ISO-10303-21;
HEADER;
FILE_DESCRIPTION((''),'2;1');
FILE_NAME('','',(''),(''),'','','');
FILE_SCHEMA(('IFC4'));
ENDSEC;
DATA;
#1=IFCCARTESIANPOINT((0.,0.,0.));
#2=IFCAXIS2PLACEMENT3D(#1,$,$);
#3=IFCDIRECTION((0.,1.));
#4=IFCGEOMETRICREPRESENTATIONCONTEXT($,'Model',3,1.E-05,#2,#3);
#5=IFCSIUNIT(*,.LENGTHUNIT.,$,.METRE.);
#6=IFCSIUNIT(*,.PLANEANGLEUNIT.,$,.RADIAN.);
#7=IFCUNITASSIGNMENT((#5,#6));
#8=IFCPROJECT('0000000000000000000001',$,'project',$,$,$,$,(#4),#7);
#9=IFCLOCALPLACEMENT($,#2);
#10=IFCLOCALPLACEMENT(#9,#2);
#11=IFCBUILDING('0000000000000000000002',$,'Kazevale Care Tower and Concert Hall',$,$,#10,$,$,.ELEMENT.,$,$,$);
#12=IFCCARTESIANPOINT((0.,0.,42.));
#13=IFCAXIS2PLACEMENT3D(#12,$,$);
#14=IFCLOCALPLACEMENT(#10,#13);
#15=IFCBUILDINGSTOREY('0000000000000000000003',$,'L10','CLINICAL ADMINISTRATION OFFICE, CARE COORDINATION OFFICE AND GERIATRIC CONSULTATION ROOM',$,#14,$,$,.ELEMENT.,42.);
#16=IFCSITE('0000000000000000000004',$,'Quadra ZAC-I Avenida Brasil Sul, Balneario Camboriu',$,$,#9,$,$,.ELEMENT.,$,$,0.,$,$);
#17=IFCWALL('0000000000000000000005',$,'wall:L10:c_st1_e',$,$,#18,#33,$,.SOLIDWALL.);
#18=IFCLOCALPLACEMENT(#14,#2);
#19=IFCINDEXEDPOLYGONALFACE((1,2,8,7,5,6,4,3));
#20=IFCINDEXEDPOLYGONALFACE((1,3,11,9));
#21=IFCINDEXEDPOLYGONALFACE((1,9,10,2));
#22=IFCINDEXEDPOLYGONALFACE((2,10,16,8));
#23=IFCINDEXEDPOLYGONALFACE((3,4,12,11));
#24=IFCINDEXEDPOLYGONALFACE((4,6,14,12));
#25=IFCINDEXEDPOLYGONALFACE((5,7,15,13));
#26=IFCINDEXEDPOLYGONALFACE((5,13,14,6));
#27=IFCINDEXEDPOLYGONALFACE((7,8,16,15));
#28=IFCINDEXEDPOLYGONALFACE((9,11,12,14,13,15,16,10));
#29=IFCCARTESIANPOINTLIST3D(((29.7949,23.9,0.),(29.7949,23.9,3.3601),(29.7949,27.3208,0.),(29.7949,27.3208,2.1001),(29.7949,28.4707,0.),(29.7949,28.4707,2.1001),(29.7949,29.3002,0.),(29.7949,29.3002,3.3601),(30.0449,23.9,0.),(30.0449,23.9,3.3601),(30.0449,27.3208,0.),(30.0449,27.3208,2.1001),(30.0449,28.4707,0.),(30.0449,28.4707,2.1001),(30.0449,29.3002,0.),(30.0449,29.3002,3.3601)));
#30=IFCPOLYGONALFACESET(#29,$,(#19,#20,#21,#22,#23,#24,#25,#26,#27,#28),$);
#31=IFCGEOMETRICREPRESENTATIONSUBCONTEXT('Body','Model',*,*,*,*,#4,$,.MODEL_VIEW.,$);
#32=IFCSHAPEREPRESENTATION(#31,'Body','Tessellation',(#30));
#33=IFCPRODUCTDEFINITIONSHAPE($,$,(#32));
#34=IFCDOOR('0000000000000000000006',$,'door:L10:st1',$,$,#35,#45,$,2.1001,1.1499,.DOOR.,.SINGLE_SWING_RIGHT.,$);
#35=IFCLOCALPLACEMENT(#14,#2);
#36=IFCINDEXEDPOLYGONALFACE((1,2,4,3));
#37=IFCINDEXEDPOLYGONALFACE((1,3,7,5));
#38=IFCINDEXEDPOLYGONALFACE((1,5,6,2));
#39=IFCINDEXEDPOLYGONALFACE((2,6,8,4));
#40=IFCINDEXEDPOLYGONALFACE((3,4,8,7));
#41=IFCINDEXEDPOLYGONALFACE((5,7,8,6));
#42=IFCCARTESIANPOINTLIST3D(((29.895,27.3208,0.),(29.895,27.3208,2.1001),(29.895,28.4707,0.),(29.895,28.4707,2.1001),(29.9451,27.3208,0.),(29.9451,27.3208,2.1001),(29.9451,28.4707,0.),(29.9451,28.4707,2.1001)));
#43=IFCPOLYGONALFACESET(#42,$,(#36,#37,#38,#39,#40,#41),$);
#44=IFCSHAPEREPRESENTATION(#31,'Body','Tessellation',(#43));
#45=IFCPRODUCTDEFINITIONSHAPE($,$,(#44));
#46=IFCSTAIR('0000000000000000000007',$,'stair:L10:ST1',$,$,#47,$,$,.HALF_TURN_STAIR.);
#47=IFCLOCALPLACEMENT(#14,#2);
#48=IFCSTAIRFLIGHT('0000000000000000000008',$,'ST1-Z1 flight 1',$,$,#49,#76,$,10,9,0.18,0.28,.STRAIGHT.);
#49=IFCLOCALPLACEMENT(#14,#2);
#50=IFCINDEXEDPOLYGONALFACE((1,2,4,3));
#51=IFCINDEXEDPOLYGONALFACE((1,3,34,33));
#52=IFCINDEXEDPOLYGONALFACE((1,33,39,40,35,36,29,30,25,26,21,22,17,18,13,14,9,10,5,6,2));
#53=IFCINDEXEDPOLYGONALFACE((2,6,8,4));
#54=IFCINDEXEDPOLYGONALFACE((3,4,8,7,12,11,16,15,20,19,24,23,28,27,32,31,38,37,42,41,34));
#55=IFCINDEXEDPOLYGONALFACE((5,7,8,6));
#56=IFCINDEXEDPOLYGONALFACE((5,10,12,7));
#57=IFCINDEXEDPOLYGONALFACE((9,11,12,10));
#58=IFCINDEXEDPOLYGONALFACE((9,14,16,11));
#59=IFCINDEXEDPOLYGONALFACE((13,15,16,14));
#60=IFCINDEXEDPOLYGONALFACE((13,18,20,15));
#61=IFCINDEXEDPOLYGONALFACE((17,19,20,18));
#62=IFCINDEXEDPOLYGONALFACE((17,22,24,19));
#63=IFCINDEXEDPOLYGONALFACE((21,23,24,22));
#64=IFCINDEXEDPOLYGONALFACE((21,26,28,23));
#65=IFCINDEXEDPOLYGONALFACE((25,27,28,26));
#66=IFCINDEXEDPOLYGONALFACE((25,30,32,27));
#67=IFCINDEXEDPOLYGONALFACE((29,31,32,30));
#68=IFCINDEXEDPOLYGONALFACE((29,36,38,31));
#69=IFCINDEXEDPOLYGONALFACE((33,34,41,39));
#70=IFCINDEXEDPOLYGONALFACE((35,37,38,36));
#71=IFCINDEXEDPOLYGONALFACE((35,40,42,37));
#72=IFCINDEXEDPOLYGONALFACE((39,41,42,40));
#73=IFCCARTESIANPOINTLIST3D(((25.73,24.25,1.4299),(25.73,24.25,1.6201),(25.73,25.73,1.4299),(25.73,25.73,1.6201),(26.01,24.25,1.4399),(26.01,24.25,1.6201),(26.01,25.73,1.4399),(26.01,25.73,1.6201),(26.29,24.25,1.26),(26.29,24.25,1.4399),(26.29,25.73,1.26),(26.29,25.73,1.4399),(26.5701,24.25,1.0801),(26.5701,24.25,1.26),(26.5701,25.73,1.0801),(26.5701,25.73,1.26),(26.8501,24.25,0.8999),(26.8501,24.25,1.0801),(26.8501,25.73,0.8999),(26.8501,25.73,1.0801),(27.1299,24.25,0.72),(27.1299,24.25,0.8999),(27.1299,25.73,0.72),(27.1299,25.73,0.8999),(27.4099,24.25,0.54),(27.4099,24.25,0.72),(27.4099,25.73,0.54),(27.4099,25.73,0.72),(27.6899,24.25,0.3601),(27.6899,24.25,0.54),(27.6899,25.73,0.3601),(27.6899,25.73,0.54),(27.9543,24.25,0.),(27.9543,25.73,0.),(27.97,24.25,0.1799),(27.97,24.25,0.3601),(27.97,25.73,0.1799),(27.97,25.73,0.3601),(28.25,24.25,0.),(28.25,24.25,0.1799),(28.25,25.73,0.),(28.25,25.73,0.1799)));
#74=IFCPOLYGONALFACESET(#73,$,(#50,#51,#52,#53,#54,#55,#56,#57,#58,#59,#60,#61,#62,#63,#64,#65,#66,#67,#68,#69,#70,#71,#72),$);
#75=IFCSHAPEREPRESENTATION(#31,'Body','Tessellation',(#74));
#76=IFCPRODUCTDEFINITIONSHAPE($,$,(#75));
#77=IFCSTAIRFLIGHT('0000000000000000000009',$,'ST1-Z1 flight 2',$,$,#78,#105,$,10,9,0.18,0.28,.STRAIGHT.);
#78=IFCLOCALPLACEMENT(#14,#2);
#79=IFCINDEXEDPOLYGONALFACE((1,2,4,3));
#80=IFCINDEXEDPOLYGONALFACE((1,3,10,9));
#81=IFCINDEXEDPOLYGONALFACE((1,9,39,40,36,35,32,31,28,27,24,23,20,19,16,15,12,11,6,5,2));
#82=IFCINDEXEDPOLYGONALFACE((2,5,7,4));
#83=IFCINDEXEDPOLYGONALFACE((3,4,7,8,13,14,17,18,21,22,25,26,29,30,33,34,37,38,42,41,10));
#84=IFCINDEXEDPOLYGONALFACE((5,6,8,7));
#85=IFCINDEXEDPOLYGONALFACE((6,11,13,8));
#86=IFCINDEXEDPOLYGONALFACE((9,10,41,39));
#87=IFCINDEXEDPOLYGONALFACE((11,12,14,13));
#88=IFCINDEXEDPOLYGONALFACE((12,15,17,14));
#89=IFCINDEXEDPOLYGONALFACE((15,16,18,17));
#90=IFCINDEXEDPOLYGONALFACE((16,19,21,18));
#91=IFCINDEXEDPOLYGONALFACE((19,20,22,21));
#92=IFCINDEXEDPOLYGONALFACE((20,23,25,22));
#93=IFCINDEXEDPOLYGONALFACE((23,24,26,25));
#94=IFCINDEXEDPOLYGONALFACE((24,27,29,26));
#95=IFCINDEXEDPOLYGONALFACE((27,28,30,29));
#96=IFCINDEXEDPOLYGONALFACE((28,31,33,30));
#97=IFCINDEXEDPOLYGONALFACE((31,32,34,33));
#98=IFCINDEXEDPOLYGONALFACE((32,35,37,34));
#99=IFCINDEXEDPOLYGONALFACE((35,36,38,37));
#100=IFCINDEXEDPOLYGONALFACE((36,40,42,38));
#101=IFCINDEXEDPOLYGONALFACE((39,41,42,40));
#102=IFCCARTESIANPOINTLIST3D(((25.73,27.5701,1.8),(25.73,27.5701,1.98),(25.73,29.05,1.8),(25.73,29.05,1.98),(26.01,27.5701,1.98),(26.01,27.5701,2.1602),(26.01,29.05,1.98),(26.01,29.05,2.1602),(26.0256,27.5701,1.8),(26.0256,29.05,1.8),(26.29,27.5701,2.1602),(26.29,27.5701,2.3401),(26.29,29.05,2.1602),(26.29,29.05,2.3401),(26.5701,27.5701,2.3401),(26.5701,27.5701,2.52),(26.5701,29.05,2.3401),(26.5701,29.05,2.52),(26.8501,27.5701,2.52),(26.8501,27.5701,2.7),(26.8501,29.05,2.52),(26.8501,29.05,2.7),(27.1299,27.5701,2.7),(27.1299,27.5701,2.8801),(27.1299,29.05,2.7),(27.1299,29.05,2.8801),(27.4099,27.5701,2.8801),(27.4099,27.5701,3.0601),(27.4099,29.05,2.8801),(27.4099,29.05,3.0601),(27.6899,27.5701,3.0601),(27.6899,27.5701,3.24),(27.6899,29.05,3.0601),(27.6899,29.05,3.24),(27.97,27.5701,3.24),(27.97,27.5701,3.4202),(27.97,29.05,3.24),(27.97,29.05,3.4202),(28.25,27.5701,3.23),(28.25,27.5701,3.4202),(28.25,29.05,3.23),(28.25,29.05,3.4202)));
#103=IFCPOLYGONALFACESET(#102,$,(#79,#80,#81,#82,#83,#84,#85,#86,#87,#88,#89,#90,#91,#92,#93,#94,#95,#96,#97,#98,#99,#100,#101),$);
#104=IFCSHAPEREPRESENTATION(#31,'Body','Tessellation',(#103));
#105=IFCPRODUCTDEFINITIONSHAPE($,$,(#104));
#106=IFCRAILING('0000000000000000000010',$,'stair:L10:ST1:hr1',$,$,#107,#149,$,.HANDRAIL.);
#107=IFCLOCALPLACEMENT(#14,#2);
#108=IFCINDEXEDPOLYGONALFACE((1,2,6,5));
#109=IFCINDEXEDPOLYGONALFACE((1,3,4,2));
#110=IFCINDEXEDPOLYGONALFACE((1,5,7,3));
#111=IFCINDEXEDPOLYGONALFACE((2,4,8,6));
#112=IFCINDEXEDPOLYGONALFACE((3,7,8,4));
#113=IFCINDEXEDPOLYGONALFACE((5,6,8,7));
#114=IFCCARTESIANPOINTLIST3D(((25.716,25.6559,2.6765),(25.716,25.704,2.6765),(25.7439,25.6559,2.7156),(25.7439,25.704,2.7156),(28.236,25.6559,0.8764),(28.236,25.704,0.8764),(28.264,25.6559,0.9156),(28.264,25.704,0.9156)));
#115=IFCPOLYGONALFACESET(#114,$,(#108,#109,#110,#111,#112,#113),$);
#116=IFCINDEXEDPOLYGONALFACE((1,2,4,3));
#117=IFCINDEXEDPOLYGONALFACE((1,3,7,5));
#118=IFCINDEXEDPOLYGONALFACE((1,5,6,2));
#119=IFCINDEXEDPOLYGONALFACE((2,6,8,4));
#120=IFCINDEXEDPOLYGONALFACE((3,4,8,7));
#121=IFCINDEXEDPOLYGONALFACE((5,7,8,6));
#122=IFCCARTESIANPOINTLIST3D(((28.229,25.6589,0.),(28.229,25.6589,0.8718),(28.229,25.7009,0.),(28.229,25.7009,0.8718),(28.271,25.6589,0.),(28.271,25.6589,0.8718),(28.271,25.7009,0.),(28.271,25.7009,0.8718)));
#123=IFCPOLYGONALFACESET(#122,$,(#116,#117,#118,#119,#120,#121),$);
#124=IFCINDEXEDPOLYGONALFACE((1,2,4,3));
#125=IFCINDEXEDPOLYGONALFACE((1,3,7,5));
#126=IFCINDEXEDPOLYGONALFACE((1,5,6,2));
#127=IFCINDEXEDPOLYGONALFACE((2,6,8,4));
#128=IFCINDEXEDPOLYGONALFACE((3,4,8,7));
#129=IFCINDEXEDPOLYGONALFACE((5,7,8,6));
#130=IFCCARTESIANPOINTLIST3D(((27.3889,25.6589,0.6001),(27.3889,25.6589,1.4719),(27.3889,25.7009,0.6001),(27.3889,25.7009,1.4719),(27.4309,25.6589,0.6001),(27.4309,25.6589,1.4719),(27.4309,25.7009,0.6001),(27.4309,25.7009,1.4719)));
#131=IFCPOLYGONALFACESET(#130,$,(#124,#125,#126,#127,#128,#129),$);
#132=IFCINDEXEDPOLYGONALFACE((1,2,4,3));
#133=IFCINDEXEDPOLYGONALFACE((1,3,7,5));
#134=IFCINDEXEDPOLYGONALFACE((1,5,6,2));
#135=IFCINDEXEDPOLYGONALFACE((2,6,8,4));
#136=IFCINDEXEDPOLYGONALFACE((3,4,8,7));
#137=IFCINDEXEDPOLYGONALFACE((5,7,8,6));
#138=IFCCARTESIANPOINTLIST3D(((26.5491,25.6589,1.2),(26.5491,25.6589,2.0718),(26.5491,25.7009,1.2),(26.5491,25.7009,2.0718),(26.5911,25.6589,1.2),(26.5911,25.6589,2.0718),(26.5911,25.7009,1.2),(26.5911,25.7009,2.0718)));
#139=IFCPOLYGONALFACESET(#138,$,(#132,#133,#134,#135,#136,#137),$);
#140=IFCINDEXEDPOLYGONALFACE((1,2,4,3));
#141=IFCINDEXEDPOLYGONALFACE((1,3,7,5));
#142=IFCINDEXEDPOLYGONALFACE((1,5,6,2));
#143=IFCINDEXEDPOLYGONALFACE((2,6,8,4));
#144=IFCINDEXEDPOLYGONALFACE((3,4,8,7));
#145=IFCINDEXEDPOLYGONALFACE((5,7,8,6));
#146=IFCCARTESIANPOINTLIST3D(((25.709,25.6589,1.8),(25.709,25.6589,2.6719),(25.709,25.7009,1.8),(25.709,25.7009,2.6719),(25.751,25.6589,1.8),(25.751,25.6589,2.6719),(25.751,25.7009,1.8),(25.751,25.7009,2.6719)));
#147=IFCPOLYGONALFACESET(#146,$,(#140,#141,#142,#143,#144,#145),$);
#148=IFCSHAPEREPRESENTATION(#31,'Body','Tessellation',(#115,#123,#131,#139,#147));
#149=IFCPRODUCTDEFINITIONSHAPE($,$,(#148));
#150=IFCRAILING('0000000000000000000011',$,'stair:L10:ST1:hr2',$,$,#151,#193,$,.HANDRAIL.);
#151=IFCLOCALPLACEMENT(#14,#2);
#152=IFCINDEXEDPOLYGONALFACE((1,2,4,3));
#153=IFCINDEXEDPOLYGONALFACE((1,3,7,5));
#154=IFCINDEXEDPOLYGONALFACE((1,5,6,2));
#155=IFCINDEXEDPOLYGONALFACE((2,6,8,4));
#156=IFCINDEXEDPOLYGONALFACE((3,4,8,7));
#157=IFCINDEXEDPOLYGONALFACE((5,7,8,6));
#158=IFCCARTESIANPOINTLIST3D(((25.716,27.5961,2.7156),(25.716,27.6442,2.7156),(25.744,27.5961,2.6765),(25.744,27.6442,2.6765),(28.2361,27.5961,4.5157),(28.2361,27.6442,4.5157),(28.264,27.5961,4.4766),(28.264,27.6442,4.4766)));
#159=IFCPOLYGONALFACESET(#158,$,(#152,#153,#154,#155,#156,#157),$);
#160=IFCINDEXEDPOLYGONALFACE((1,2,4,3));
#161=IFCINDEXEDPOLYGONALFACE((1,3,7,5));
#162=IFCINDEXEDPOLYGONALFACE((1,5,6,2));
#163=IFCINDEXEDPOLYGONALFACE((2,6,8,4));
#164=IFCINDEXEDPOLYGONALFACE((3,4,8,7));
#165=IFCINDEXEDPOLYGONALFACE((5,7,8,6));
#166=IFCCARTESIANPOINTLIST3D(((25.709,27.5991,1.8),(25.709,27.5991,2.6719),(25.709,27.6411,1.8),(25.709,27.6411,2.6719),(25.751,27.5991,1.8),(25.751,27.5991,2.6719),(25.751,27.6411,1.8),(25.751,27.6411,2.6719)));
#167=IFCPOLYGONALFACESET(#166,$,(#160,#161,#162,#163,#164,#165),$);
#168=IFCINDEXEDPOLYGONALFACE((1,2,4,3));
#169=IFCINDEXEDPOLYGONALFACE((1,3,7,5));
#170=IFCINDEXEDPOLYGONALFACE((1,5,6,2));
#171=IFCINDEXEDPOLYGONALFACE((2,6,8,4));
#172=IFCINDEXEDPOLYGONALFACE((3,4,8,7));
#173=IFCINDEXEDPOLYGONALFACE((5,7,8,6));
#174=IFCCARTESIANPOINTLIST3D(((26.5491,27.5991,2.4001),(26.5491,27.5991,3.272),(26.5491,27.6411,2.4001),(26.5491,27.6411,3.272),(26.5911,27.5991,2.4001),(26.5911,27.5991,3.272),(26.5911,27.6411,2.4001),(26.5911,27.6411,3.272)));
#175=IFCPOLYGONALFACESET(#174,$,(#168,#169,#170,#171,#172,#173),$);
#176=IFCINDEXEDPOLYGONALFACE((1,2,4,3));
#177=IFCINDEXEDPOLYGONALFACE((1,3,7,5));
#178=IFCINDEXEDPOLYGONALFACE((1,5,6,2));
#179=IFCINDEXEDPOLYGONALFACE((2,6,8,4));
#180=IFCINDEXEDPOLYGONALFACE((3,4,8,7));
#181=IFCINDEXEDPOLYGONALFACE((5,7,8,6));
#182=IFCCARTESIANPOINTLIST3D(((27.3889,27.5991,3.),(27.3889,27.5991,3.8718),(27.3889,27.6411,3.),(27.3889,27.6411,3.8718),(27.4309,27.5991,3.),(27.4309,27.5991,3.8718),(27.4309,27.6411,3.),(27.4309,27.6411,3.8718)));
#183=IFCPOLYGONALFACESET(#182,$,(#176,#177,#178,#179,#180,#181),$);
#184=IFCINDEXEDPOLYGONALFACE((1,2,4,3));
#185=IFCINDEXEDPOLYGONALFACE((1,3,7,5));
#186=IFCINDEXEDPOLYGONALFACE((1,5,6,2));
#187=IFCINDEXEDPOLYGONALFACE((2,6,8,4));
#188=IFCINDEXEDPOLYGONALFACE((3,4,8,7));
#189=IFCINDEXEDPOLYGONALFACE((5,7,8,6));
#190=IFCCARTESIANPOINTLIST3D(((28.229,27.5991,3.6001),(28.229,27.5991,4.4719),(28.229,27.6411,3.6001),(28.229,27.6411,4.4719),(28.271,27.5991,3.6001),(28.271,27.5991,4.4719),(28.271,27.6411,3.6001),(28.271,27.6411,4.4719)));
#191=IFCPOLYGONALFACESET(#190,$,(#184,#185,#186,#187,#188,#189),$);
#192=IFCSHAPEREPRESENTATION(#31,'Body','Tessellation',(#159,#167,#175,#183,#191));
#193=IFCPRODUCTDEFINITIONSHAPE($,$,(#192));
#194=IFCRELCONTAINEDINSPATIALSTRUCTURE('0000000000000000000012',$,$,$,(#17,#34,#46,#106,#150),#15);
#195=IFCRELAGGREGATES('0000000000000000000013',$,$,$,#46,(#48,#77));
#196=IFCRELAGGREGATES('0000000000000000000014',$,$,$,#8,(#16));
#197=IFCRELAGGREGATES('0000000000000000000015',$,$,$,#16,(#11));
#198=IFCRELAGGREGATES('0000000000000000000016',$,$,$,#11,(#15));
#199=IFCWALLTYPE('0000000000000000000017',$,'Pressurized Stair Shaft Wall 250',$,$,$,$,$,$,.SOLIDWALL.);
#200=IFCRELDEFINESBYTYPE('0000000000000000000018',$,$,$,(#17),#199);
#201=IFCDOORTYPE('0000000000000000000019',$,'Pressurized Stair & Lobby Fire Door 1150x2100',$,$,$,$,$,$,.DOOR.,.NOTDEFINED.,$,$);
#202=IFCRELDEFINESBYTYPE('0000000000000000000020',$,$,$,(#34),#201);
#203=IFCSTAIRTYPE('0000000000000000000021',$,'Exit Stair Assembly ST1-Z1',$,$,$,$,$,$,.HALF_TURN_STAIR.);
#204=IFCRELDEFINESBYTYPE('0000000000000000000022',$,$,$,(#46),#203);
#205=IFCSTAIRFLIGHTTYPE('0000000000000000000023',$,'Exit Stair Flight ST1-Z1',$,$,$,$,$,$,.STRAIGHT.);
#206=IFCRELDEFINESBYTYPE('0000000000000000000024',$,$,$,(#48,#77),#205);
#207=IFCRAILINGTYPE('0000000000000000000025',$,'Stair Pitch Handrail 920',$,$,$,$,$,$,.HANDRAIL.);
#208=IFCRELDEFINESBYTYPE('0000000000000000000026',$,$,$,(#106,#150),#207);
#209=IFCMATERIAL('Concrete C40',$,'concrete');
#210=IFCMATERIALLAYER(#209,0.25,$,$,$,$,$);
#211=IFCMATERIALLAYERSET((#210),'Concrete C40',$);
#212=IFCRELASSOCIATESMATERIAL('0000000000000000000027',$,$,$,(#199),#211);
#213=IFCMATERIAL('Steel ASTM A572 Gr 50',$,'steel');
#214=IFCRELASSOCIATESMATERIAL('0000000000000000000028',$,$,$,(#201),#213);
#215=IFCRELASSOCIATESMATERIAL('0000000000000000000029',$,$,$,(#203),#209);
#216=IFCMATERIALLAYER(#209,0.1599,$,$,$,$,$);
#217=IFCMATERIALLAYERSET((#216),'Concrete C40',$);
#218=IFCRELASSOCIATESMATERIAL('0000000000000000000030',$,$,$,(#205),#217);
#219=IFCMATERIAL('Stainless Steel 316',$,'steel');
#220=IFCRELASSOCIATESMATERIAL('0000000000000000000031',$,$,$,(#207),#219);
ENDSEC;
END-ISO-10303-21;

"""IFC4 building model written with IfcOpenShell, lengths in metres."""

from ifc_helpers import new_model, si_unit, direction, frame, frame_2d, origin, origin_2d, place, context, subcontext, project, spatial, polyline, rectangle, outline, extrude, material, layer, layer_set, type_object, element, fill, aggregate, save


model = new_model("IFC4")

# Units and contexts
model_context = context("Model", 3, precision=1e-05, world=origin(), true_north=direction((0.0, 1.0)))
body_context = subcontext(model_context, "Body", "Model", "MODEL_VIEW")
ifc_project = project(units=[si_unit("LENGTHUNIT", "METRE"), si_unit("PLANEANGLEUNIT", "RADIAN")], contexts=[model_context])

# Site, building, storey
site_placement = place(None, origin())
site = spatial("IfcSite", under=ifc_project, at=site_placement, Name="Quadra ZAC-I Avenida Brasil Sul, Balneario Camboriu", CompositionType="ELEMENT", RefElevation=0.0)
building_placement = place(site_placement, origin())
building = spatial("IfcBuilding", under=site, at=building_placement, Name="Kazevale Care Tower and Concert Hall", CompositionType="ELEMENT")
storey_placement = place(building_placement, frame((0.0, 0.0, 42.0)))
storey = spatial("IfcBuildingStorey", under=building, at=storey_placement, Name="L10", Description="CLINICAL ADMINISTRATION OFFICE, CARE COORDINATION OFFICE AND GERIATRIC CONSULTATION ROOM", CompositionType="ELEMENT", Elevation=42.0)

# Shared definitions
ifc_material_1 = material(Name="Steel ASTM A572 Gr 50", Category="steel")

# Shared definitions
ifc_material_2 = material(Name="Concrete C40", Category="concrete")
ifc_material_3 = material(Name="Stainless Steel 316", Category="steel")

# Wall, opening, door
ifc_layer_1 = layer(ifc_material_2, 0.25)
ifc_layer_set_1 = layer_set([ifc_layer_1], Name="Concrete C40")
wall_type_1 = type_object("IfcWallType", Name="Pressurized Stair Shaft Wall 250", PredefinedType="SOLIDWALL", material=ifc_layer_set_1)
wall_1_placement = place(storey_placement, frame((29.9199, 23.8999, 0.0), z_axis=(0.0, 0.0, 1.0), x_axis=(0.0, 1.0, 0.0)))
wall_1 = element("IfcWall", 1, at=wall_1_placement, inside=storey, type_object=wall_type_1, Name="wall:L10:c_st1_e", PredefinedType="SOLIDWALL", context=body_context, shape_type="SweptSolid", body=[
    extrude(rectangle(XDim=5.4001, YDim=0.25, at=frame_2d((2.7002, 0.0))), origin(), (0.0, 0.0, 1.0), 3.3601),
])
opening_1_placement = place(wall_1_placement, frame((3.4209, 0.0, 0.0)))
opening_1 = element("IfcOpeningElement", 2, at=opening_1_placement, cuts=wall_1, PredefinedType="OPENING", context=body_context, shape_type="SweptSolid", body=[
    extrude(rectangle(XDim=1.1499, YDim=2.1001, at=frame_2d((0.575, 1.05))), frame((0.0, 0.135, 0.0), z_axis=(0.0, -1.0, 0.0), x_axis=(1.0, 0.0, 0.0)), (0.0, 0.0, 1.0), 0.27),
])
door_type_1 = type_object("IfcDoorType", Name="Pressurized Stair & Lobby Fire Door 1150x2100", OperationType="NOTDEFINED", PredefinedType="DOOR", material=ifc_material_1)
door_1_placement = place(opening_1_placement, origin())
door_1 = element("IfcDoor", 3, at=door_1_placement, inside=storey, type_object=door_type_1, Name="door:L10:st1", OperationType="SINGLE_SWING_RIGHT", OverallHeight=2.1001, OverallWidth=1.1499, PredefinedType="DOOR", context=body_context, shape_type="SweptSolid", body=[
    extrude(rectangle(XDim=1.1499, YDim=2.1001, at=frame_2d((0.575, 1.05))), frame((0.0, 0.0249, 0.0), z_axis=(0.0, -1.0, 0.0), x_axis=(1.0, 0.0, 0.0)), (0.0, 0.0, 1.0), 0.05),
])
fill(opening_1, door_1)

# Stair, stair flights
stair_type = type_object("IfcStairType", Name="Exit Stair Assembly ST1-Z1", PredefinedType="HALF_TURN_STAIR", material=ifc_material_2)
stair_placement = place(storey_placement, origin())
stair = element("IfcStair", 4, at=stair_placement, inside=storey, type_object=stair_type, Name="stair:L10:ST1", PredefinedType="HALF_TURN_STAIR")
ifc_layer_2 = layer(ifc_material_2, 0.1599)
ifc_layer_set_2 = layer_set([ifc_layer_2], Name="Concrete C40")
stair_flight_type = type_object("IfcStairFlightType", Name="Exit Stair Flight ST1-Z1", PredefinedType="STRAIGHT", material=ifc_layer_set_2)
stair_flight_1_placement = place(storey_placement, frame((28.25, 24.99, 0.0), z_axis=(0.0, 0.0, 1.0), x_axis=(-1.0, 0.0, 0.0)))
stair_flight_1 = element("IfcStairFlight", 5, at=stair_flight_1_placement, type_object=stair_flight_type, Name="ST1-Z1 flight 1", NumberOfRisers=10, NumberOfTreads=9, PredefinedType="STRAIGHT", RiserHeight=0.18, TreadLength=0.28, context=body_context, shape_type="SweptSolid", body=[
    extrude(outline(polyline([(0.0, 0.0), (0.0, 0.1799), (0.28, 0.1799), (0.28, 0.3601), (0.5601, 0.3601), (0.5601, 0.54), (0.8401, 0.54), (0.8401, 0.72), (1.1201, 0.72), (1.1201, 0.8999), (1.3999, 0.8999), (1.3999, 1.0801), (1.6799, 1.0801), (1.6799, 1.26), (1.96, 1.26), (1.96, 1.4399), (2.24, 1.4399), (2.24, 1.6201), (2.52, 1.6201), (2.52, 1.8), (2.52, 1.4299), (0.2957, 0.0), (0.0, 0.0)])), frame((0.0, 0.74, 0.0), z_axis=(0.0, -1.0, 0.0), x_axis=(1.0, 0.0, 0.0)), (0.0, 0.0, 1.0), 1.48),
])
stair_flight_2_placement = place(storey_placement, frame((25.73, 28.3101, 1.8), z_axis=(0.0, 0.0, 1.0), x_axis=(1.0, 0.0, 0.0)))
stair_flight_2 = element("IfcStairFlight", 6, at=stair_flight_2_placement, type_object=stair_flight_type, Name="ST1-Z1 flight 2", NumberOfRisers=10, NumberOfTreads=9, PredefinedType="STRAIGHT", RiserHeight=0.18, TreadLength=0.28, context=body_context, shape_type="SweptSolid", body=[
    extrude(outline(polyline([(0.0, 0.0), (0.0, 0.1799), (0.28, 0.1799), (0.28, 0.3601), (0.5601, 0.3601), (0.5601, 0.54), (0.8401, 0.54), (0.8401, 0.72), (1.1201, 0.72), (1.1201, 0.8999), (1.3999, 0.8999), (1.3999, 1.0801), (1.6799, 1.0801), (1.6799, 1.26), (1.96, 1.26), (1.96, 1.4399), (2.24, 1.4399), (2.24, 1.6201), (2.52, 1.6201), (2.52, 1.8), (2.52, 1.4299), (0.2957, 0.0), (0.0, 0.0)])), frame((0.0, 0.74, 0.0), z_axis=(0.0, -1.0, 0.0), x_axis=(1.0, 0.0, 0.0)), (0.0, 0.0, 1.0), 1.48),
])
aggregate(stair, [stair_flight_1, stair_flight_2])

# Railings
railing_type_1 = type_object("IfcRailingType", Name="Stair Pitch Handrail 920", PredefinedType="HANDRAIL", material=ifc_material_3)
railing_1_placement = place(storey_placement, frame((28.25, 25.6799, 0.0)))
element("IfcRailing", 7, at=railing_1_placement, inside=storey, type_object=railing_type_1, Name="stair:L10:ST1:hr1", PredefinedType="HANDRAIL", context=body_context, shape_type="SweptSolid", body=[
    extrude(rectangle(XDim=0.0481, YDim=0.0481, at=origin_2d()), frame((0.0, 0.0, 0.896), z_axis=(-0.813728, 0.0, 0.581246), x_axis=(0.0, -1.0, 0.0)), (0.0, 0.0, 1.0), 3.0969),
    extrude(rectangle(XDim=0.042, YDim=0.042, at=origin_2d()), origin(), (0.0, 0.0, 1.0), 0.8718),
    extrude(rectangle(XDim=0.042, YDim=0.042, at=origin_2d()), frame((-0.8401, 0.0, 0.6001)), (0.0, 0.0, 1.0), 0.8718),
    extrude(rectangle(XDim=0.042, YDim=0.042, at=origin_2d()), frame((-1.6799, 0.0, 1.2)), (0.0, 0.0, 1.0), 0.8718),
    extrude(rectangle(XDim=0.042, YDim=0.042, at=origin_2d()), frame((-2.52, 0.0, 1.8)), (0.0, 0.0, 1.0), 0.8718),
])
railing_2_placement = place(storey_placement, frame((25.73, 27.6201, 1.8)))
element("IfcRailing", 8, at=railing_2_placement, inside=storey, type_object=railing_type_1, Name="stair:L10:ST1:hr2", PredefinedType="HANDRAIL", context=body_context, shape_type="SweptSolid", body=[
    extrude(rectangle(XDim=0.0481, YDim=0.0481, at=origin_2d()), frame((0.0, 0.0, 0.896), z_axis=(0.813728, 0.0, 0.581246), x_axis=(0.0, 1.0, 0.0)), (0.0, 0.0, 1.0), 3.0969),
    extrude(rectangle(XDim=0.042, YDim=0.042, at=origin_2d()), origin(), (0.0, 0.0, 1.0), 0.8718),
    extrude(rectangle(XDim=0.042, YDim=0.042, at=origin_2d()), frame((0.8401, 0.0, 0.6001)), (0.0, 0.0, 1.0), 0.8718),
    extrude(rectangle(XDim=0.042, YDim=0.042, at=origin_2d()), frame((1.6799, 0.0, 1.2)), (0.0, 0.0, 1.0), 0.8718),
    extrude(rectangle(XDim=0.042, YDim=0.042, at=origin_2d()), frame((2.52, 0.0, 1.8)), (0.0, 0.0, 1.0), 0.8718),
])

save(model, "model.ifc")
